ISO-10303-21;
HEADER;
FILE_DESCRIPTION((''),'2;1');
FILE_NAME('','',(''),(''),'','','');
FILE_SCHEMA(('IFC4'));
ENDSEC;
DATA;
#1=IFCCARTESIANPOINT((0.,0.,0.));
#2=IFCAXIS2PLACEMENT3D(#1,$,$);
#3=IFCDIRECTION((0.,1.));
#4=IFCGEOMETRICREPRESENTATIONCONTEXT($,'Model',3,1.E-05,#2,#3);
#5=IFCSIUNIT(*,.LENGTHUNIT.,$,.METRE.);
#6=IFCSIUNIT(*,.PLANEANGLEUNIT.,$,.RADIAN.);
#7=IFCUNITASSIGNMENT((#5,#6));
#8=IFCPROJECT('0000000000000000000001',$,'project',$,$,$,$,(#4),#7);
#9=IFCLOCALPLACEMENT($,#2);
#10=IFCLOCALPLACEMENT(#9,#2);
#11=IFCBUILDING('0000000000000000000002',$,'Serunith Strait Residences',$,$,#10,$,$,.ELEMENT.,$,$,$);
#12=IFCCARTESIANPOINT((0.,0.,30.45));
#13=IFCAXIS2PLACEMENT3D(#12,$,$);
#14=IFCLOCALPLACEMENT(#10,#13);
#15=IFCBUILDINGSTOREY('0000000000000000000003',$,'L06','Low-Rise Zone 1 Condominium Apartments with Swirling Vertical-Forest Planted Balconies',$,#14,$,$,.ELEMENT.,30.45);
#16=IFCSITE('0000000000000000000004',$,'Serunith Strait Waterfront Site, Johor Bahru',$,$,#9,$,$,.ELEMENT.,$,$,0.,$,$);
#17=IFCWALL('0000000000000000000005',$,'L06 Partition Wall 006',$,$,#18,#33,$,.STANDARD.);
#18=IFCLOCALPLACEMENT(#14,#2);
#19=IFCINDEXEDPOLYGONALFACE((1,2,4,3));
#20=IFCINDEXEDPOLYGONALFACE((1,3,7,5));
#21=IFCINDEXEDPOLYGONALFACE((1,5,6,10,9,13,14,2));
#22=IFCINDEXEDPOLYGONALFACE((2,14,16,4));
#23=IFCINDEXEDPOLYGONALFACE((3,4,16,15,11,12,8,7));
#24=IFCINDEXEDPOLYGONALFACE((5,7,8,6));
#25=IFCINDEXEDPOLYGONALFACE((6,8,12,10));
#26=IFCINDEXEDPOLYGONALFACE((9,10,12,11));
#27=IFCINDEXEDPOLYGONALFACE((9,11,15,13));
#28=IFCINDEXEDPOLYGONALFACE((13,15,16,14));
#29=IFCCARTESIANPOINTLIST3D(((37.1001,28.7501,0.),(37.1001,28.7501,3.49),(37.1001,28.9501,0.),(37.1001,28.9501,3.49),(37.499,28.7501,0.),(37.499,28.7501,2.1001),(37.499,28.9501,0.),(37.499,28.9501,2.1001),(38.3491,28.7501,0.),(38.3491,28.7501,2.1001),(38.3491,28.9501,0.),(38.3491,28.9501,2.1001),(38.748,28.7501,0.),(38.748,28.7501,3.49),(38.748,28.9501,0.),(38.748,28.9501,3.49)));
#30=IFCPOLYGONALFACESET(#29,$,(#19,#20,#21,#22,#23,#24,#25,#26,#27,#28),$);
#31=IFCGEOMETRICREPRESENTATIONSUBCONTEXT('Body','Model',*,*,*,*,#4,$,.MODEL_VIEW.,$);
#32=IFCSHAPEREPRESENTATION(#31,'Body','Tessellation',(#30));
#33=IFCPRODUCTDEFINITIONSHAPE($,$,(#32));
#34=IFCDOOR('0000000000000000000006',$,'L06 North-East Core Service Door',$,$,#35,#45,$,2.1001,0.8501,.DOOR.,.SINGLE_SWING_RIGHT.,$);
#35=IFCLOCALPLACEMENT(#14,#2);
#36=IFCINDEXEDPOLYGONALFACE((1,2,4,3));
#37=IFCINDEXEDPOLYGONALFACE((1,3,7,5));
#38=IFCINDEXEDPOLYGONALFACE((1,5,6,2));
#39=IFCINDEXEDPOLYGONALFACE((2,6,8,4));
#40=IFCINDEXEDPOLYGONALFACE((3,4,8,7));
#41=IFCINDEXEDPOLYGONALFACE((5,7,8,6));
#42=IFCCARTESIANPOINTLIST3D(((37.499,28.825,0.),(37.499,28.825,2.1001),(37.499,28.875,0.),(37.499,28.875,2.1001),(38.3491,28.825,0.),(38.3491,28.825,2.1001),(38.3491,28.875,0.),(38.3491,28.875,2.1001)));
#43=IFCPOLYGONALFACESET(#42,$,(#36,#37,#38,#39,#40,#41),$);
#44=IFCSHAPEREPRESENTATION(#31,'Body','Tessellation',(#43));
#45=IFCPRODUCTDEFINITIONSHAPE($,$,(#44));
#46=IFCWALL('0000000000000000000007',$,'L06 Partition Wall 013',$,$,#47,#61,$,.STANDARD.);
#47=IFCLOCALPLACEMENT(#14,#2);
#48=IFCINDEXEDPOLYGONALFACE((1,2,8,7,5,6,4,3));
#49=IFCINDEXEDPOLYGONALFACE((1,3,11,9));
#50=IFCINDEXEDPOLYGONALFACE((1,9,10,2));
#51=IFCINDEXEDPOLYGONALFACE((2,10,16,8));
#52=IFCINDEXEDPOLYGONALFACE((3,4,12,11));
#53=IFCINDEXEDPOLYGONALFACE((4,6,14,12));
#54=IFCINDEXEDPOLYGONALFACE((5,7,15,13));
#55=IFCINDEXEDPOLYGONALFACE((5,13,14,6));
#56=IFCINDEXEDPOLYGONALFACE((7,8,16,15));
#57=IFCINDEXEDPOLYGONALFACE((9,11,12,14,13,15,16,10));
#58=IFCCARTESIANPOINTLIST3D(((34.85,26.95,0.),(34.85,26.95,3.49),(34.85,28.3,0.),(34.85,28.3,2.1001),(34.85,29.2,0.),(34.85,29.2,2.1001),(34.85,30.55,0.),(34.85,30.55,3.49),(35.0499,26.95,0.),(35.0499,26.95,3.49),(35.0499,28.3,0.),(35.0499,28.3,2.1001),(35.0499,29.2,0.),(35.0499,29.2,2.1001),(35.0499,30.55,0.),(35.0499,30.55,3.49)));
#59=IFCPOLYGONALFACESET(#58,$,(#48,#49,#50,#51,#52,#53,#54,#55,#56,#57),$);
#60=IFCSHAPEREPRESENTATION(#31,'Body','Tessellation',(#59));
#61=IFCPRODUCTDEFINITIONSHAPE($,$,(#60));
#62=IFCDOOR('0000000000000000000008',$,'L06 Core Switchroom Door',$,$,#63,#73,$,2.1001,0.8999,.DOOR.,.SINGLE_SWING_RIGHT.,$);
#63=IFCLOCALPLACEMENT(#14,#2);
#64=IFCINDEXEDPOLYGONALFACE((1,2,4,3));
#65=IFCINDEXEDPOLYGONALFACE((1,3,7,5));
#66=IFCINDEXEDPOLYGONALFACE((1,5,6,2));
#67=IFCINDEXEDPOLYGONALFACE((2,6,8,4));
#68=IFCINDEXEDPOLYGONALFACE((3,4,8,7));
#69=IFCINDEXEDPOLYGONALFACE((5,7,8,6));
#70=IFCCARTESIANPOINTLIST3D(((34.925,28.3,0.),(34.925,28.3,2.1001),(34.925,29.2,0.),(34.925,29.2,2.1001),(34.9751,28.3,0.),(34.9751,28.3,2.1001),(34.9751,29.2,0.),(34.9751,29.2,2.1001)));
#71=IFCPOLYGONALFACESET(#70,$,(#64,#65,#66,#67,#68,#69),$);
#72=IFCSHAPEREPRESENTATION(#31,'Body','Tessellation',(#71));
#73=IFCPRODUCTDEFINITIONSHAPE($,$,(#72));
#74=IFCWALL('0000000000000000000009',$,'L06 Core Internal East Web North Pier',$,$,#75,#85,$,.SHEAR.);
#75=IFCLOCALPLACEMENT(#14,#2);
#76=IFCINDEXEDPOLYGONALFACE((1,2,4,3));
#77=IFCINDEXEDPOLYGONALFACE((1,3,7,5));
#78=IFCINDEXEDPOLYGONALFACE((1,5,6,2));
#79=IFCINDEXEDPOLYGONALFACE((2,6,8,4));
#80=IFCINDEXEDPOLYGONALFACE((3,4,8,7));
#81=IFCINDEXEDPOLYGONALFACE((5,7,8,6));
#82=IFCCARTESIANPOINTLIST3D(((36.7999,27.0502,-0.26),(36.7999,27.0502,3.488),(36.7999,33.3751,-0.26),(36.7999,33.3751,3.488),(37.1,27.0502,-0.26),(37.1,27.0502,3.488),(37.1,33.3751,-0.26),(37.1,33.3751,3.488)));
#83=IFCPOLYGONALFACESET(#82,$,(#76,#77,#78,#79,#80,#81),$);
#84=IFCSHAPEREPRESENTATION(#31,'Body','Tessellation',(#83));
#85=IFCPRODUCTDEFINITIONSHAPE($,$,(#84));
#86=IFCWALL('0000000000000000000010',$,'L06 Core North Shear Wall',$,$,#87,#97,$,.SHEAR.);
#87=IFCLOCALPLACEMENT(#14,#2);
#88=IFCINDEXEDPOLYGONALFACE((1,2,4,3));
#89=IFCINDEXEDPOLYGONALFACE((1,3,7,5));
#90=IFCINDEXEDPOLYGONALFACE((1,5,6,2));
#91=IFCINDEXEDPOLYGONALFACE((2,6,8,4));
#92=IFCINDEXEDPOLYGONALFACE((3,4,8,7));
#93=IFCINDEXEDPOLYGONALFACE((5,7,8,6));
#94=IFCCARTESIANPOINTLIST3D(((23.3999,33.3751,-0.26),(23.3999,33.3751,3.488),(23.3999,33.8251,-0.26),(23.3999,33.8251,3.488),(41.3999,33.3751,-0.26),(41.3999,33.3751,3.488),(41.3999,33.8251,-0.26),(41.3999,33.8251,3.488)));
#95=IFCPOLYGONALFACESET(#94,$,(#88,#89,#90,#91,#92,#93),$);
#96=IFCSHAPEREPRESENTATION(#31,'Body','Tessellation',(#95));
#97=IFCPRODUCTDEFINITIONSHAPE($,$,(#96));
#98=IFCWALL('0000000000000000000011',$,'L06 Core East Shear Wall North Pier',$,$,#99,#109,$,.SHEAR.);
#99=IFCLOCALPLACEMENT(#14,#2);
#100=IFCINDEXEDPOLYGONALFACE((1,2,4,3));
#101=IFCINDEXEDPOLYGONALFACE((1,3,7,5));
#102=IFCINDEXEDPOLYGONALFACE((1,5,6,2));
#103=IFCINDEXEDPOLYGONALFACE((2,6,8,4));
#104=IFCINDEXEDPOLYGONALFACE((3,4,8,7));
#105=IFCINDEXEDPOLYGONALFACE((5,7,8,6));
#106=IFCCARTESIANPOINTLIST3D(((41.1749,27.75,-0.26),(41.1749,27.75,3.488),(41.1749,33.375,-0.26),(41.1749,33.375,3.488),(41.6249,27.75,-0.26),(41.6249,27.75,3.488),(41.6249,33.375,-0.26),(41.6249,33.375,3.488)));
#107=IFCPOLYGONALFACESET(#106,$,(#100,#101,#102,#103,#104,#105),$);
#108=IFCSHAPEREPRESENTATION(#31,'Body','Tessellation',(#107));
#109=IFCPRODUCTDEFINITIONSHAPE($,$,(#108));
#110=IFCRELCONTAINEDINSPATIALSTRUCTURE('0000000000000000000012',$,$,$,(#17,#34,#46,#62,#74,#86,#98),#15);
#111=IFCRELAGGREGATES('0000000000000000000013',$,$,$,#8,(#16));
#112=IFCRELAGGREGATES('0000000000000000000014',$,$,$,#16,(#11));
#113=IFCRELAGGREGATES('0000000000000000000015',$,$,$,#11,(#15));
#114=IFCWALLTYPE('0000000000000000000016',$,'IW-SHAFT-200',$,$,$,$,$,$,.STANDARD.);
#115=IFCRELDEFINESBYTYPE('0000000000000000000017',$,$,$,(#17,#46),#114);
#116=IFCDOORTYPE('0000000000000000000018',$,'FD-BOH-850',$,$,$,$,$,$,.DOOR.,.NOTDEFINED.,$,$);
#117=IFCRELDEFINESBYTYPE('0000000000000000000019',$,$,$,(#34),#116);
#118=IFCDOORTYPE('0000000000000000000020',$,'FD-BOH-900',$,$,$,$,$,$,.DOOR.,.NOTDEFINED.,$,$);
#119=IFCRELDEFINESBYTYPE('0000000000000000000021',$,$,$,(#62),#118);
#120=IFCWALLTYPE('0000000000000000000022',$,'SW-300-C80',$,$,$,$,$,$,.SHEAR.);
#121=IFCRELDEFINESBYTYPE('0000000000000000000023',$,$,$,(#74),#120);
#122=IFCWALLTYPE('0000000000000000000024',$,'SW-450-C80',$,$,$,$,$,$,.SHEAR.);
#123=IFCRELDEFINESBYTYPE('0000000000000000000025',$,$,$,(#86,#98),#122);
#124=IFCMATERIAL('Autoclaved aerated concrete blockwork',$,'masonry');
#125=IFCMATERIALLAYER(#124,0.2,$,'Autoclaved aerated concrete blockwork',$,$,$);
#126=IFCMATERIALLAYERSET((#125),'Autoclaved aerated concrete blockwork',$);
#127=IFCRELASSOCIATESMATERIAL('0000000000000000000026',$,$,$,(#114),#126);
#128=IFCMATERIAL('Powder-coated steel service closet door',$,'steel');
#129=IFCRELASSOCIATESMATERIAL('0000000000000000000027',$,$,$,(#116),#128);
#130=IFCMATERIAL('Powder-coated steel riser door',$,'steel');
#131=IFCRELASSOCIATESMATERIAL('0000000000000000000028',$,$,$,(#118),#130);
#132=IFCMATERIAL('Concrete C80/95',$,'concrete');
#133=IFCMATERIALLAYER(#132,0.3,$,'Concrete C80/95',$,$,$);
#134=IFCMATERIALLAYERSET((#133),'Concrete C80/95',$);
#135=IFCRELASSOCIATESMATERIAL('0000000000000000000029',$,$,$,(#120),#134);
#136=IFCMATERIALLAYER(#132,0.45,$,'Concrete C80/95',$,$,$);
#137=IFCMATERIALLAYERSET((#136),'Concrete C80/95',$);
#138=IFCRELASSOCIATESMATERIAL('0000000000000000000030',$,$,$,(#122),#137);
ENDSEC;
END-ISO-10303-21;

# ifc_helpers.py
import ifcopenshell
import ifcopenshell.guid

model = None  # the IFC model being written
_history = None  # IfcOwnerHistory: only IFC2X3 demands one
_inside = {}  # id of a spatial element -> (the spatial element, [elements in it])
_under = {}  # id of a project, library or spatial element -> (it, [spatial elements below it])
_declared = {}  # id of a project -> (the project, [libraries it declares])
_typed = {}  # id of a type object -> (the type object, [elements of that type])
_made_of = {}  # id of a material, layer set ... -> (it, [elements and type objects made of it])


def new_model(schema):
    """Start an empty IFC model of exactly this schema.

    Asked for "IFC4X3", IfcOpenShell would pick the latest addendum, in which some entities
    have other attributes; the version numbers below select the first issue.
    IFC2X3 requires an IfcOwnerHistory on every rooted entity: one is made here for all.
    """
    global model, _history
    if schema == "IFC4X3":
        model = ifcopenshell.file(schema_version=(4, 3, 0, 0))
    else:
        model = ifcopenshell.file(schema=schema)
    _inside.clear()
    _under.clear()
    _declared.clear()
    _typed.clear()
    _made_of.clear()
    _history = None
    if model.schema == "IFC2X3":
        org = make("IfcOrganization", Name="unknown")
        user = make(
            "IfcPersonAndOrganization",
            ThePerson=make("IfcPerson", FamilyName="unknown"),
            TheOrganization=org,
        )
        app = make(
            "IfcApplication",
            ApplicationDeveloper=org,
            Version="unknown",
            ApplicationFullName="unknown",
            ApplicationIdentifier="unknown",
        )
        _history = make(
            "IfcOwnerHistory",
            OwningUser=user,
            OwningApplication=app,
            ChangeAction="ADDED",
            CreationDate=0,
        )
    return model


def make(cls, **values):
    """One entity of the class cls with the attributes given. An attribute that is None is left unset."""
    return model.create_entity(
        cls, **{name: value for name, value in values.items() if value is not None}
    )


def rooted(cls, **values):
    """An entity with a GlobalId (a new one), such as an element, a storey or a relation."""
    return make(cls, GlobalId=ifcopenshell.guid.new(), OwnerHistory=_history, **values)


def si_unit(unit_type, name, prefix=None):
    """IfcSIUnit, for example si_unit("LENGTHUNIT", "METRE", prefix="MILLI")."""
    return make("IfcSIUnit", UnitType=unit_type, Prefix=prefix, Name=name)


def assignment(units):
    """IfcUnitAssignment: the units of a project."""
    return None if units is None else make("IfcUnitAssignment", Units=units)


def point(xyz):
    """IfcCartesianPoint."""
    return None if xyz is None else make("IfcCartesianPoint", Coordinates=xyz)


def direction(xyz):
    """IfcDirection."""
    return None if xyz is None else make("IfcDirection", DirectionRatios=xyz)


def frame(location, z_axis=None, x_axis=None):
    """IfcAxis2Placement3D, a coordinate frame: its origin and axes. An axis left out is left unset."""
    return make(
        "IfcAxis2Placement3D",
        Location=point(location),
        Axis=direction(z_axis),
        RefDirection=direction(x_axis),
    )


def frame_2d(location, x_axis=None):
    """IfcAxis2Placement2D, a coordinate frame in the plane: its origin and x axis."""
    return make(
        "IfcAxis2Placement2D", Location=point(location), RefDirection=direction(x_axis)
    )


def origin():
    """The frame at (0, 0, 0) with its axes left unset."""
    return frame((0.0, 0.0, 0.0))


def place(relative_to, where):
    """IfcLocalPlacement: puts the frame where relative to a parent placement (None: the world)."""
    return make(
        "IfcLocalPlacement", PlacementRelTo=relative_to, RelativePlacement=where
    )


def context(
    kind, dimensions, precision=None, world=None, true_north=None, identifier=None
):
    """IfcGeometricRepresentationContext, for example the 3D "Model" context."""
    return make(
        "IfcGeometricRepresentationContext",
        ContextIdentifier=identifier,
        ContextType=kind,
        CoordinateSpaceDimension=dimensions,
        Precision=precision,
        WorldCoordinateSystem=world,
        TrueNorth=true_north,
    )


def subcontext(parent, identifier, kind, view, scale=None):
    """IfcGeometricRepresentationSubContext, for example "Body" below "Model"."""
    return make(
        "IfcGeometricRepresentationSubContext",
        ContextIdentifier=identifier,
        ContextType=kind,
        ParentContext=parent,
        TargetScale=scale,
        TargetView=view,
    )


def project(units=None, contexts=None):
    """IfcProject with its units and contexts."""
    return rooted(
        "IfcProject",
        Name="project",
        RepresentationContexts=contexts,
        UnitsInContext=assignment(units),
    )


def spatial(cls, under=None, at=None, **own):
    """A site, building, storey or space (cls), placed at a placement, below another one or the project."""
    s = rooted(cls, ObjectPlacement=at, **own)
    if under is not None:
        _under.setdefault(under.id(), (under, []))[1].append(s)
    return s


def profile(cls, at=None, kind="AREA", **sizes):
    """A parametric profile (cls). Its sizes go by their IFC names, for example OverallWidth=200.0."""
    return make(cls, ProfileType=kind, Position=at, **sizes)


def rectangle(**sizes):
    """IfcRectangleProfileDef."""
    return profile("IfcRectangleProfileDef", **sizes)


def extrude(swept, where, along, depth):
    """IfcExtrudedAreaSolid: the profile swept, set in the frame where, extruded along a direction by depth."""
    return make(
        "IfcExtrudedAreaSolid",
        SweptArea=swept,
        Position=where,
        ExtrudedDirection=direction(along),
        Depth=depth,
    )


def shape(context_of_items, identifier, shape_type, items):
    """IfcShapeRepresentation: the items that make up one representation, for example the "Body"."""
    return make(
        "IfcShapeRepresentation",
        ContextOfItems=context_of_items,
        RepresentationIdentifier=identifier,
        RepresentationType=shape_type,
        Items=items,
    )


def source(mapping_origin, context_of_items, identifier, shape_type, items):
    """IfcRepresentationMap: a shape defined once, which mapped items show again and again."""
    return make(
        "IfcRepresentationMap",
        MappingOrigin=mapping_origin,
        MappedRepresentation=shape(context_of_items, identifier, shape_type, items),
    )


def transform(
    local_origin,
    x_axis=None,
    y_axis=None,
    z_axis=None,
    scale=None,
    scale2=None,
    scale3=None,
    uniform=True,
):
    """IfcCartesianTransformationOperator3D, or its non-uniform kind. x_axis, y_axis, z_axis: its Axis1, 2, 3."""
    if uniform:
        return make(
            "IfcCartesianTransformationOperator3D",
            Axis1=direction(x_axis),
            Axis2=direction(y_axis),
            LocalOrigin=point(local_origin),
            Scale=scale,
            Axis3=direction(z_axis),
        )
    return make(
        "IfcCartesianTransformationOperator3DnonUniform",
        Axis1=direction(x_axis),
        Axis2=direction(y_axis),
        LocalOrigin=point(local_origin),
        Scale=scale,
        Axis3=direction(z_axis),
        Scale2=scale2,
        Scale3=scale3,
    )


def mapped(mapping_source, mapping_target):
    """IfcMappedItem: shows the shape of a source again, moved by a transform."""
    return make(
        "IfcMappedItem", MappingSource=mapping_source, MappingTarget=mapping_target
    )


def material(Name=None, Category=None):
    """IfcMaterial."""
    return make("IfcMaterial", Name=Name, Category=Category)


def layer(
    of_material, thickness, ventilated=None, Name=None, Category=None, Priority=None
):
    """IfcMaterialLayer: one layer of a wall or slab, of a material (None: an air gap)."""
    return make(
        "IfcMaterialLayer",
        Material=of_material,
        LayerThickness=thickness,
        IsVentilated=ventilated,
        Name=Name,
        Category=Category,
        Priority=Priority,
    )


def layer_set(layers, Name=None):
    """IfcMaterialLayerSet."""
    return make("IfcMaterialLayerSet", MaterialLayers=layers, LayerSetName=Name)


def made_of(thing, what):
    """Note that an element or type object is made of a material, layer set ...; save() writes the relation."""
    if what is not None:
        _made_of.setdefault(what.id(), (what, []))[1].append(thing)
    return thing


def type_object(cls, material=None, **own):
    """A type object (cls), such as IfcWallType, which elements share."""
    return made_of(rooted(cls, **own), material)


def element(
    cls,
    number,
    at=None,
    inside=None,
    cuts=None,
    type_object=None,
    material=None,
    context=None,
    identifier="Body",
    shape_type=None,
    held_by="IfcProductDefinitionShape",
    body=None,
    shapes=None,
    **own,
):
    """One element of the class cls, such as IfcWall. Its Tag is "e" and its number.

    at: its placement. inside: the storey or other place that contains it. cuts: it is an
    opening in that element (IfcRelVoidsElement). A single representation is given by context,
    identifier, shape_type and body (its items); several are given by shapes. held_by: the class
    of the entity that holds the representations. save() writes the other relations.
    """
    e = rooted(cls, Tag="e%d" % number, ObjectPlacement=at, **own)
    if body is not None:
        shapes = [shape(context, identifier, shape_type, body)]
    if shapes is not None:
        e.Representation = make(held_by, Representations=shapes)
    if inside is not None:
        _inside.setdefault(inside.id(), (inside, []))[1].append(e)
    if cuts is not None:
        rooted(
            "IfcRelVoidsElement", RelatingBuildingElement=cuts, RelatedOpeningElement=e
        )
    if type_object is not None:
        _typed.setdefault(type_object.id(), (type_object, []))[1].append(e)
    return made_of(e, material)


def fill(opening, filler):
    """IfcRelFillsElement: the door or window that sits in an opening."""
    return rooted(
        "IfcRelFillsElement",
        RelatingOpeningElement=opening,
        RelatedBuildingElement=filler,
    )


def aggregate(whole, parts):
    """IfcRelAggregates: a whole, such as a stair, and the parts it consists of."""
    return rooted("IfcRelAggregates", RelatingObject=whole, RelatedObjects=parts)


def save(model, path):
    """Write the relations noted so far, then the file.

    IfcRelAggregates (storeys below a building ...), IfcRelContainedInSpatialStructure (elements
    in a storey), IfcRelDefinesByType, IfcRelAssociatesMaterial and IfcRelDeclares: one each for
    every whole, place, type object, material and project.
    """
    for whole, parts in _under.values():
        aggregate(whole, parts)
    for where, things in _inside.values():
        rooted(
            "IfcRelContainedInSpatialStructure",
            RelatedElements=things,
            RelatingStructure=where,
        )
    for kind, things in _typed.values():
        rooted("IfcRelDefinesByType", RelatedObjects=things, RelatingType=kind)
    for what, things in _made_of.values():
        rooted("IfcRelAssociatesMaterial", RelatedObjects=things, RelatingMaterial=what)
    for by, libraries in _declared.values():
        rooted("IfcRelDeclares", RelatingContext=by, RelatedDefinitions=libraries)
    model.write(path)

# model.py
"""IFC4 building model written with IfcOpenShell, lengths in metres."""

from ifc_helpers import new_model, si_unit, direction, frame, frame_2d, origin, place, context, subcontext, project, spatial, rectangle, extrude, source, transform, mapped, material, layer, layer_set, type_object, element, fill, save


model = new_model("IFC4")

# Units and contexts
model_context = context("Model", 3, precision=1e-05, world=origin(), true_north=direction((0.0, 1.0)))
body_context = subcontext(model_context, "Body", "Model", "MODEL_VIEW")
ifc_project = project(units=[si_unit("LENGTHUNIT", "METRE"), si_unit("PLANEANGLEUNIT", "RADIAN")], contexts=[model_context])

# Site, building, storey
site_placement = place(None, origin())
site = spatial("IfcSite", under=ifc_project, at=site_placement, Name="Serunith Strait Waterfront Site, Johor Bahru", CompositionType="ELEMENT", RefElevation=0.0)
building_placement = place(site_placement, origin())
building = spatial("IfcBuilding", under=site, at=building_placement, Name="Serunith Strait Residences", CompositionType="ELEMENT")
storey_placement = place(building_placement, frame((0.0, 0.0, 30.45)))
storey = spatial("IfcBuildingStorey", under=building, at=storey_placement, Name="L06", Description="Low-Rise Zone 1 Condominium Apartments with Swirling Vertical-Forest Planted Balconies", CompositionType="ELEMENT", Elevation=30.45)

# Shared definitions
shared_shape_1 = source(origin(), body_context, "Body", "SweptSolid", [
    extrude(rectangle(XDim=0.8501, YDim=2.1001, at=frame_2d((0.425, 1.05))), frame((0.0, 0.0249, 0.0), z_axis=(0.0, -1.0, 0.0), x_axis=(1.0, 0.0, 0.0)), (0.0, 0.0, 1.0), 0.05),
])

# Shared definitions
ifc_material_1 = material(Name="Autoclaved aerated concrete blockwork", Category="masonry")
ifc_layer_1 = layer(ifc_material_1, 0.2, Name="Autoclaved aerated concrete blockwork")
ifc_layer_set_1 = layer_set([ifc_layer_1], Name="Autoclaved aerated concrete blockwork")
wall_type_1 = type_object("IfcWallType", Name="IW-SHAFT-200", PredefinedType="STANDARD", material=ifc_layer_set_1)

# Walls, openings, doors
wall_1_placement = place(storey_placement, frame((37.1001, 28.8501, 0.0), z_axis=(0.0, 0.0, 1.0), x_axis=(1.0, 0.0, 0.0)))
wall_1 = element("IfcWall", 1, at=wall_1_placement, inside=storey, type_object=wall_type_1, Name="L06 Partition Wall 006", PredefinedType="STANDARD", context=body_context, shape_type="SweptSolid", body=[
    extrude(rectangle(XDim=1.6479, YDim=0.2, at=frame_2d((0.824, 0.0))), origin(), (0.0, 0.0, 1.0), 3.49),
])
opening_1_placement = place(wall_1_placement, frame((0.3989, 0.0, 0.0)))
opening_1 = element("IfcOpeningElement", 2, at=opening_1_placement, cuts=wall_1, PredefinedType="OPENING", context=body_context, shape_type="SweptSolid", body=[
    extrude(rectangle(XDim=0.8501, YDim=2.1001, at=frame_2d((0.425, 1.05))), frame((0.0, 0.1099, 0.0), z_axis=(0.0, -1.0, 0.0), x_axis=(1.0, 0.0, 0.0)), (0.0, 0.0, 1.0), 0.22),
])
ifc_material_2 = material(Name="Powder-coated steel service closet door", Category="steel")
door_type_1 = type_object("IfcDoorType", Name="FD-BOH-850", OperationType="NOTDEFINED", PredefinedType="DOOR", material=ifc_material_2)
door_1_placement = place(opening_1_placement, origin())
door_1 = element("IfcDoor", 3, at=door_1_placement, inside=storey, type_object=door_type_1, Name="L06 North-East Core Service Door", OperationType="SINGLE_SWING_RIGHT", OverallHeight=2.1001, OverallWidth=0.8501, PredefinedType="DOOR", context=body_context, shape_type="MappedRepresentation", body=[
    mapped(shared_shape_1, transform((0.0, 0.0, 0.0), scale=1.0)),
])
fill(opening_1, door_1)
wall_2_placement = place(storey_placement, frame((34.95, 26.95, 0.0), z_axis=(0.0, 0.0, 1.0), x_axis=(0.0, 1.0, 0.0)))
wall_2 = element("IfcWall", 4, at=wall_2_placement, inside=storey, type_object=wall_type_1, Name="L06 Partition Wall 013", PredefinedType="STANDARD", context=body_context, shape_type="SweptSolid", body=[
    extrude(rectangle(XDim=3.6001, YDim=0.2, at=frame_2d((1.8, 0.0))), origin(), (0.0, 0.0, 1.0), 3.49),
])
opening_2_placement = place(wall_2_placement, frame((1.3501, 0.0, 0.0)))
opening_2 = element("IfcOpeningElement", 5, at=opening_2_placement, cuts=wall_2, PredefinedType="OPENING", context=body_context, shape_type="SweptSolid", body=[
    extrude(rectangle(XDim=0.8999, YDim=2.1001, at=frame_2d((0.45, 1.05))), frame((0.0, 0.1099, 0.0), z_axis=(0.0, -1.0, 0.0), x_axis=(1.0, 0.0, 0.0)), (0.0, 0.0, 1.0), 0.22),
])
ifc_material_3 = material(Name="Powder-coated steel riser door", Category="steel")
door_type_2 = type_object("IfcDoorType", Name="FD-BOH-900", OperationType="NOTDEFINED", PredefinedType="DOOR", material=ifc_material_3)
shared_shape_2 = source(origin(), body_context, "Body", "SweptSolid", [
    extrude(rectangle(XDim=0.8999, YDim=2.1001, at=frame_2d((0.45, 1.05))), frame((0.0, 0.0249, 0.0), z_axis=(0.0, -1.0, 0.0), x_axis=(1.0, 0.0, 0.0)), (0.0, 0.0, 1.0), 0.05),
])
door_2_placement = place(opening_2_placement, origin())
door_2 = element("IfcDoor", 6, at=door_2_placement, inside=storey, type_object=door_type_2, Name="L06 Core Switchroom Door", OperationType="SINGLE_SWING_RIGHT", OverallHeight=2.1001, OverallWidth=0.8999, PredefinedType="DOOR", context=body_context, shape_type="MappedRepresentation", body=[
    mapped(shared_shape_2, transform((0.0, 0.0, 0.0), scale=1.0)),
])
fill(opening_2, door_2)

# Walls
ifc_material_4 = material(Name="Concrete C80/95", Category="concrete")
ifc_layer_2 = layer(ifc_material_4, 0.3, Name="Concrete C80/95")
ifc_layer_set_2 = layer_set([ifc_layer_2], Name="Concrete C80/95")
wall_type_2 = type_object("IfcWallType", Name="SW-300-C80", PredefinedType="SHEAR", material=ifc_layer_set_2)
wall_3_placement = place(storey_placement, frame((36.95, 27.05, -0.26), z_axis=(0.0, 0.0, 1.0), x_axis=(0.0, 1.0, 0.0)))
element("IfcWall", 7, at=wall_3_placement, inside=storey, type_object=wall_type_2, Name="L06 Core Internal East Web North Pier", PredefinedType="SHEAR", context=body_context, shape_type="SweptSolid", body=[
    extrude(rectangle(XDim=6.325, YDim=0.3, at=frame_2d((3.1626, 0.0))), origin(), (0.0, 0.0, 1.0), 3.748),
])
ifc_layer_3 = layer(ifc_material_4, 0.45, Name="Concrete C80/95")
ifc_layer_set_3 = layer_set([ifc_layer_3], Name="Concrete C80/95")
wall_type_3 = type_object("IfcWallType", Name="SW-450-C80", PredefinedType="SHEAR", material=ifc_layer_set_3)
wall_4_placement = place(storey_placement, frame((41.3999, 33.6001, -0.26), z_axis=(0.0, 0.0, 1.0), x_axis=(-1.0, 0.0, 0.0)))
element("IfcWall", 8, at=wall_4_placement, inside=storey, type_object=wall_type_3, Name="L06 Core North Shear Wall", PredefinedType="SHEAR", context=body_context, shape_type="SweptSolid", body=[
    extrude(rectangle(XDim=18.0, YDim=0.45, at=frame_2d((9.0, 0.0))), origin(), (0.0, 0.0, 1.0), 3.748),
])
wall_5_placement = place(storey_placement, frame((41.3999, 27.75, -0.26), z_axis=(0.0, 0.0, 1.0), x_axis=(0.0, 1.0, 0.0)))
element("IfcWall", 9, at=wall_5_placement, inside=storey, type_object=wall_type_3, Name="L06 Core East Shear Wall North Pier", PredefinedType="SHEAR", context=body_context, shape_type="SweptSolid", body=[
    extrude(rectangle(XDim=5.625, YDim=0.45, at=frame_2d((2.8125, 0.0))), origin(), (0.0, 0.0, 1.0), 3.748),
])

save(model, "model.ifc")
